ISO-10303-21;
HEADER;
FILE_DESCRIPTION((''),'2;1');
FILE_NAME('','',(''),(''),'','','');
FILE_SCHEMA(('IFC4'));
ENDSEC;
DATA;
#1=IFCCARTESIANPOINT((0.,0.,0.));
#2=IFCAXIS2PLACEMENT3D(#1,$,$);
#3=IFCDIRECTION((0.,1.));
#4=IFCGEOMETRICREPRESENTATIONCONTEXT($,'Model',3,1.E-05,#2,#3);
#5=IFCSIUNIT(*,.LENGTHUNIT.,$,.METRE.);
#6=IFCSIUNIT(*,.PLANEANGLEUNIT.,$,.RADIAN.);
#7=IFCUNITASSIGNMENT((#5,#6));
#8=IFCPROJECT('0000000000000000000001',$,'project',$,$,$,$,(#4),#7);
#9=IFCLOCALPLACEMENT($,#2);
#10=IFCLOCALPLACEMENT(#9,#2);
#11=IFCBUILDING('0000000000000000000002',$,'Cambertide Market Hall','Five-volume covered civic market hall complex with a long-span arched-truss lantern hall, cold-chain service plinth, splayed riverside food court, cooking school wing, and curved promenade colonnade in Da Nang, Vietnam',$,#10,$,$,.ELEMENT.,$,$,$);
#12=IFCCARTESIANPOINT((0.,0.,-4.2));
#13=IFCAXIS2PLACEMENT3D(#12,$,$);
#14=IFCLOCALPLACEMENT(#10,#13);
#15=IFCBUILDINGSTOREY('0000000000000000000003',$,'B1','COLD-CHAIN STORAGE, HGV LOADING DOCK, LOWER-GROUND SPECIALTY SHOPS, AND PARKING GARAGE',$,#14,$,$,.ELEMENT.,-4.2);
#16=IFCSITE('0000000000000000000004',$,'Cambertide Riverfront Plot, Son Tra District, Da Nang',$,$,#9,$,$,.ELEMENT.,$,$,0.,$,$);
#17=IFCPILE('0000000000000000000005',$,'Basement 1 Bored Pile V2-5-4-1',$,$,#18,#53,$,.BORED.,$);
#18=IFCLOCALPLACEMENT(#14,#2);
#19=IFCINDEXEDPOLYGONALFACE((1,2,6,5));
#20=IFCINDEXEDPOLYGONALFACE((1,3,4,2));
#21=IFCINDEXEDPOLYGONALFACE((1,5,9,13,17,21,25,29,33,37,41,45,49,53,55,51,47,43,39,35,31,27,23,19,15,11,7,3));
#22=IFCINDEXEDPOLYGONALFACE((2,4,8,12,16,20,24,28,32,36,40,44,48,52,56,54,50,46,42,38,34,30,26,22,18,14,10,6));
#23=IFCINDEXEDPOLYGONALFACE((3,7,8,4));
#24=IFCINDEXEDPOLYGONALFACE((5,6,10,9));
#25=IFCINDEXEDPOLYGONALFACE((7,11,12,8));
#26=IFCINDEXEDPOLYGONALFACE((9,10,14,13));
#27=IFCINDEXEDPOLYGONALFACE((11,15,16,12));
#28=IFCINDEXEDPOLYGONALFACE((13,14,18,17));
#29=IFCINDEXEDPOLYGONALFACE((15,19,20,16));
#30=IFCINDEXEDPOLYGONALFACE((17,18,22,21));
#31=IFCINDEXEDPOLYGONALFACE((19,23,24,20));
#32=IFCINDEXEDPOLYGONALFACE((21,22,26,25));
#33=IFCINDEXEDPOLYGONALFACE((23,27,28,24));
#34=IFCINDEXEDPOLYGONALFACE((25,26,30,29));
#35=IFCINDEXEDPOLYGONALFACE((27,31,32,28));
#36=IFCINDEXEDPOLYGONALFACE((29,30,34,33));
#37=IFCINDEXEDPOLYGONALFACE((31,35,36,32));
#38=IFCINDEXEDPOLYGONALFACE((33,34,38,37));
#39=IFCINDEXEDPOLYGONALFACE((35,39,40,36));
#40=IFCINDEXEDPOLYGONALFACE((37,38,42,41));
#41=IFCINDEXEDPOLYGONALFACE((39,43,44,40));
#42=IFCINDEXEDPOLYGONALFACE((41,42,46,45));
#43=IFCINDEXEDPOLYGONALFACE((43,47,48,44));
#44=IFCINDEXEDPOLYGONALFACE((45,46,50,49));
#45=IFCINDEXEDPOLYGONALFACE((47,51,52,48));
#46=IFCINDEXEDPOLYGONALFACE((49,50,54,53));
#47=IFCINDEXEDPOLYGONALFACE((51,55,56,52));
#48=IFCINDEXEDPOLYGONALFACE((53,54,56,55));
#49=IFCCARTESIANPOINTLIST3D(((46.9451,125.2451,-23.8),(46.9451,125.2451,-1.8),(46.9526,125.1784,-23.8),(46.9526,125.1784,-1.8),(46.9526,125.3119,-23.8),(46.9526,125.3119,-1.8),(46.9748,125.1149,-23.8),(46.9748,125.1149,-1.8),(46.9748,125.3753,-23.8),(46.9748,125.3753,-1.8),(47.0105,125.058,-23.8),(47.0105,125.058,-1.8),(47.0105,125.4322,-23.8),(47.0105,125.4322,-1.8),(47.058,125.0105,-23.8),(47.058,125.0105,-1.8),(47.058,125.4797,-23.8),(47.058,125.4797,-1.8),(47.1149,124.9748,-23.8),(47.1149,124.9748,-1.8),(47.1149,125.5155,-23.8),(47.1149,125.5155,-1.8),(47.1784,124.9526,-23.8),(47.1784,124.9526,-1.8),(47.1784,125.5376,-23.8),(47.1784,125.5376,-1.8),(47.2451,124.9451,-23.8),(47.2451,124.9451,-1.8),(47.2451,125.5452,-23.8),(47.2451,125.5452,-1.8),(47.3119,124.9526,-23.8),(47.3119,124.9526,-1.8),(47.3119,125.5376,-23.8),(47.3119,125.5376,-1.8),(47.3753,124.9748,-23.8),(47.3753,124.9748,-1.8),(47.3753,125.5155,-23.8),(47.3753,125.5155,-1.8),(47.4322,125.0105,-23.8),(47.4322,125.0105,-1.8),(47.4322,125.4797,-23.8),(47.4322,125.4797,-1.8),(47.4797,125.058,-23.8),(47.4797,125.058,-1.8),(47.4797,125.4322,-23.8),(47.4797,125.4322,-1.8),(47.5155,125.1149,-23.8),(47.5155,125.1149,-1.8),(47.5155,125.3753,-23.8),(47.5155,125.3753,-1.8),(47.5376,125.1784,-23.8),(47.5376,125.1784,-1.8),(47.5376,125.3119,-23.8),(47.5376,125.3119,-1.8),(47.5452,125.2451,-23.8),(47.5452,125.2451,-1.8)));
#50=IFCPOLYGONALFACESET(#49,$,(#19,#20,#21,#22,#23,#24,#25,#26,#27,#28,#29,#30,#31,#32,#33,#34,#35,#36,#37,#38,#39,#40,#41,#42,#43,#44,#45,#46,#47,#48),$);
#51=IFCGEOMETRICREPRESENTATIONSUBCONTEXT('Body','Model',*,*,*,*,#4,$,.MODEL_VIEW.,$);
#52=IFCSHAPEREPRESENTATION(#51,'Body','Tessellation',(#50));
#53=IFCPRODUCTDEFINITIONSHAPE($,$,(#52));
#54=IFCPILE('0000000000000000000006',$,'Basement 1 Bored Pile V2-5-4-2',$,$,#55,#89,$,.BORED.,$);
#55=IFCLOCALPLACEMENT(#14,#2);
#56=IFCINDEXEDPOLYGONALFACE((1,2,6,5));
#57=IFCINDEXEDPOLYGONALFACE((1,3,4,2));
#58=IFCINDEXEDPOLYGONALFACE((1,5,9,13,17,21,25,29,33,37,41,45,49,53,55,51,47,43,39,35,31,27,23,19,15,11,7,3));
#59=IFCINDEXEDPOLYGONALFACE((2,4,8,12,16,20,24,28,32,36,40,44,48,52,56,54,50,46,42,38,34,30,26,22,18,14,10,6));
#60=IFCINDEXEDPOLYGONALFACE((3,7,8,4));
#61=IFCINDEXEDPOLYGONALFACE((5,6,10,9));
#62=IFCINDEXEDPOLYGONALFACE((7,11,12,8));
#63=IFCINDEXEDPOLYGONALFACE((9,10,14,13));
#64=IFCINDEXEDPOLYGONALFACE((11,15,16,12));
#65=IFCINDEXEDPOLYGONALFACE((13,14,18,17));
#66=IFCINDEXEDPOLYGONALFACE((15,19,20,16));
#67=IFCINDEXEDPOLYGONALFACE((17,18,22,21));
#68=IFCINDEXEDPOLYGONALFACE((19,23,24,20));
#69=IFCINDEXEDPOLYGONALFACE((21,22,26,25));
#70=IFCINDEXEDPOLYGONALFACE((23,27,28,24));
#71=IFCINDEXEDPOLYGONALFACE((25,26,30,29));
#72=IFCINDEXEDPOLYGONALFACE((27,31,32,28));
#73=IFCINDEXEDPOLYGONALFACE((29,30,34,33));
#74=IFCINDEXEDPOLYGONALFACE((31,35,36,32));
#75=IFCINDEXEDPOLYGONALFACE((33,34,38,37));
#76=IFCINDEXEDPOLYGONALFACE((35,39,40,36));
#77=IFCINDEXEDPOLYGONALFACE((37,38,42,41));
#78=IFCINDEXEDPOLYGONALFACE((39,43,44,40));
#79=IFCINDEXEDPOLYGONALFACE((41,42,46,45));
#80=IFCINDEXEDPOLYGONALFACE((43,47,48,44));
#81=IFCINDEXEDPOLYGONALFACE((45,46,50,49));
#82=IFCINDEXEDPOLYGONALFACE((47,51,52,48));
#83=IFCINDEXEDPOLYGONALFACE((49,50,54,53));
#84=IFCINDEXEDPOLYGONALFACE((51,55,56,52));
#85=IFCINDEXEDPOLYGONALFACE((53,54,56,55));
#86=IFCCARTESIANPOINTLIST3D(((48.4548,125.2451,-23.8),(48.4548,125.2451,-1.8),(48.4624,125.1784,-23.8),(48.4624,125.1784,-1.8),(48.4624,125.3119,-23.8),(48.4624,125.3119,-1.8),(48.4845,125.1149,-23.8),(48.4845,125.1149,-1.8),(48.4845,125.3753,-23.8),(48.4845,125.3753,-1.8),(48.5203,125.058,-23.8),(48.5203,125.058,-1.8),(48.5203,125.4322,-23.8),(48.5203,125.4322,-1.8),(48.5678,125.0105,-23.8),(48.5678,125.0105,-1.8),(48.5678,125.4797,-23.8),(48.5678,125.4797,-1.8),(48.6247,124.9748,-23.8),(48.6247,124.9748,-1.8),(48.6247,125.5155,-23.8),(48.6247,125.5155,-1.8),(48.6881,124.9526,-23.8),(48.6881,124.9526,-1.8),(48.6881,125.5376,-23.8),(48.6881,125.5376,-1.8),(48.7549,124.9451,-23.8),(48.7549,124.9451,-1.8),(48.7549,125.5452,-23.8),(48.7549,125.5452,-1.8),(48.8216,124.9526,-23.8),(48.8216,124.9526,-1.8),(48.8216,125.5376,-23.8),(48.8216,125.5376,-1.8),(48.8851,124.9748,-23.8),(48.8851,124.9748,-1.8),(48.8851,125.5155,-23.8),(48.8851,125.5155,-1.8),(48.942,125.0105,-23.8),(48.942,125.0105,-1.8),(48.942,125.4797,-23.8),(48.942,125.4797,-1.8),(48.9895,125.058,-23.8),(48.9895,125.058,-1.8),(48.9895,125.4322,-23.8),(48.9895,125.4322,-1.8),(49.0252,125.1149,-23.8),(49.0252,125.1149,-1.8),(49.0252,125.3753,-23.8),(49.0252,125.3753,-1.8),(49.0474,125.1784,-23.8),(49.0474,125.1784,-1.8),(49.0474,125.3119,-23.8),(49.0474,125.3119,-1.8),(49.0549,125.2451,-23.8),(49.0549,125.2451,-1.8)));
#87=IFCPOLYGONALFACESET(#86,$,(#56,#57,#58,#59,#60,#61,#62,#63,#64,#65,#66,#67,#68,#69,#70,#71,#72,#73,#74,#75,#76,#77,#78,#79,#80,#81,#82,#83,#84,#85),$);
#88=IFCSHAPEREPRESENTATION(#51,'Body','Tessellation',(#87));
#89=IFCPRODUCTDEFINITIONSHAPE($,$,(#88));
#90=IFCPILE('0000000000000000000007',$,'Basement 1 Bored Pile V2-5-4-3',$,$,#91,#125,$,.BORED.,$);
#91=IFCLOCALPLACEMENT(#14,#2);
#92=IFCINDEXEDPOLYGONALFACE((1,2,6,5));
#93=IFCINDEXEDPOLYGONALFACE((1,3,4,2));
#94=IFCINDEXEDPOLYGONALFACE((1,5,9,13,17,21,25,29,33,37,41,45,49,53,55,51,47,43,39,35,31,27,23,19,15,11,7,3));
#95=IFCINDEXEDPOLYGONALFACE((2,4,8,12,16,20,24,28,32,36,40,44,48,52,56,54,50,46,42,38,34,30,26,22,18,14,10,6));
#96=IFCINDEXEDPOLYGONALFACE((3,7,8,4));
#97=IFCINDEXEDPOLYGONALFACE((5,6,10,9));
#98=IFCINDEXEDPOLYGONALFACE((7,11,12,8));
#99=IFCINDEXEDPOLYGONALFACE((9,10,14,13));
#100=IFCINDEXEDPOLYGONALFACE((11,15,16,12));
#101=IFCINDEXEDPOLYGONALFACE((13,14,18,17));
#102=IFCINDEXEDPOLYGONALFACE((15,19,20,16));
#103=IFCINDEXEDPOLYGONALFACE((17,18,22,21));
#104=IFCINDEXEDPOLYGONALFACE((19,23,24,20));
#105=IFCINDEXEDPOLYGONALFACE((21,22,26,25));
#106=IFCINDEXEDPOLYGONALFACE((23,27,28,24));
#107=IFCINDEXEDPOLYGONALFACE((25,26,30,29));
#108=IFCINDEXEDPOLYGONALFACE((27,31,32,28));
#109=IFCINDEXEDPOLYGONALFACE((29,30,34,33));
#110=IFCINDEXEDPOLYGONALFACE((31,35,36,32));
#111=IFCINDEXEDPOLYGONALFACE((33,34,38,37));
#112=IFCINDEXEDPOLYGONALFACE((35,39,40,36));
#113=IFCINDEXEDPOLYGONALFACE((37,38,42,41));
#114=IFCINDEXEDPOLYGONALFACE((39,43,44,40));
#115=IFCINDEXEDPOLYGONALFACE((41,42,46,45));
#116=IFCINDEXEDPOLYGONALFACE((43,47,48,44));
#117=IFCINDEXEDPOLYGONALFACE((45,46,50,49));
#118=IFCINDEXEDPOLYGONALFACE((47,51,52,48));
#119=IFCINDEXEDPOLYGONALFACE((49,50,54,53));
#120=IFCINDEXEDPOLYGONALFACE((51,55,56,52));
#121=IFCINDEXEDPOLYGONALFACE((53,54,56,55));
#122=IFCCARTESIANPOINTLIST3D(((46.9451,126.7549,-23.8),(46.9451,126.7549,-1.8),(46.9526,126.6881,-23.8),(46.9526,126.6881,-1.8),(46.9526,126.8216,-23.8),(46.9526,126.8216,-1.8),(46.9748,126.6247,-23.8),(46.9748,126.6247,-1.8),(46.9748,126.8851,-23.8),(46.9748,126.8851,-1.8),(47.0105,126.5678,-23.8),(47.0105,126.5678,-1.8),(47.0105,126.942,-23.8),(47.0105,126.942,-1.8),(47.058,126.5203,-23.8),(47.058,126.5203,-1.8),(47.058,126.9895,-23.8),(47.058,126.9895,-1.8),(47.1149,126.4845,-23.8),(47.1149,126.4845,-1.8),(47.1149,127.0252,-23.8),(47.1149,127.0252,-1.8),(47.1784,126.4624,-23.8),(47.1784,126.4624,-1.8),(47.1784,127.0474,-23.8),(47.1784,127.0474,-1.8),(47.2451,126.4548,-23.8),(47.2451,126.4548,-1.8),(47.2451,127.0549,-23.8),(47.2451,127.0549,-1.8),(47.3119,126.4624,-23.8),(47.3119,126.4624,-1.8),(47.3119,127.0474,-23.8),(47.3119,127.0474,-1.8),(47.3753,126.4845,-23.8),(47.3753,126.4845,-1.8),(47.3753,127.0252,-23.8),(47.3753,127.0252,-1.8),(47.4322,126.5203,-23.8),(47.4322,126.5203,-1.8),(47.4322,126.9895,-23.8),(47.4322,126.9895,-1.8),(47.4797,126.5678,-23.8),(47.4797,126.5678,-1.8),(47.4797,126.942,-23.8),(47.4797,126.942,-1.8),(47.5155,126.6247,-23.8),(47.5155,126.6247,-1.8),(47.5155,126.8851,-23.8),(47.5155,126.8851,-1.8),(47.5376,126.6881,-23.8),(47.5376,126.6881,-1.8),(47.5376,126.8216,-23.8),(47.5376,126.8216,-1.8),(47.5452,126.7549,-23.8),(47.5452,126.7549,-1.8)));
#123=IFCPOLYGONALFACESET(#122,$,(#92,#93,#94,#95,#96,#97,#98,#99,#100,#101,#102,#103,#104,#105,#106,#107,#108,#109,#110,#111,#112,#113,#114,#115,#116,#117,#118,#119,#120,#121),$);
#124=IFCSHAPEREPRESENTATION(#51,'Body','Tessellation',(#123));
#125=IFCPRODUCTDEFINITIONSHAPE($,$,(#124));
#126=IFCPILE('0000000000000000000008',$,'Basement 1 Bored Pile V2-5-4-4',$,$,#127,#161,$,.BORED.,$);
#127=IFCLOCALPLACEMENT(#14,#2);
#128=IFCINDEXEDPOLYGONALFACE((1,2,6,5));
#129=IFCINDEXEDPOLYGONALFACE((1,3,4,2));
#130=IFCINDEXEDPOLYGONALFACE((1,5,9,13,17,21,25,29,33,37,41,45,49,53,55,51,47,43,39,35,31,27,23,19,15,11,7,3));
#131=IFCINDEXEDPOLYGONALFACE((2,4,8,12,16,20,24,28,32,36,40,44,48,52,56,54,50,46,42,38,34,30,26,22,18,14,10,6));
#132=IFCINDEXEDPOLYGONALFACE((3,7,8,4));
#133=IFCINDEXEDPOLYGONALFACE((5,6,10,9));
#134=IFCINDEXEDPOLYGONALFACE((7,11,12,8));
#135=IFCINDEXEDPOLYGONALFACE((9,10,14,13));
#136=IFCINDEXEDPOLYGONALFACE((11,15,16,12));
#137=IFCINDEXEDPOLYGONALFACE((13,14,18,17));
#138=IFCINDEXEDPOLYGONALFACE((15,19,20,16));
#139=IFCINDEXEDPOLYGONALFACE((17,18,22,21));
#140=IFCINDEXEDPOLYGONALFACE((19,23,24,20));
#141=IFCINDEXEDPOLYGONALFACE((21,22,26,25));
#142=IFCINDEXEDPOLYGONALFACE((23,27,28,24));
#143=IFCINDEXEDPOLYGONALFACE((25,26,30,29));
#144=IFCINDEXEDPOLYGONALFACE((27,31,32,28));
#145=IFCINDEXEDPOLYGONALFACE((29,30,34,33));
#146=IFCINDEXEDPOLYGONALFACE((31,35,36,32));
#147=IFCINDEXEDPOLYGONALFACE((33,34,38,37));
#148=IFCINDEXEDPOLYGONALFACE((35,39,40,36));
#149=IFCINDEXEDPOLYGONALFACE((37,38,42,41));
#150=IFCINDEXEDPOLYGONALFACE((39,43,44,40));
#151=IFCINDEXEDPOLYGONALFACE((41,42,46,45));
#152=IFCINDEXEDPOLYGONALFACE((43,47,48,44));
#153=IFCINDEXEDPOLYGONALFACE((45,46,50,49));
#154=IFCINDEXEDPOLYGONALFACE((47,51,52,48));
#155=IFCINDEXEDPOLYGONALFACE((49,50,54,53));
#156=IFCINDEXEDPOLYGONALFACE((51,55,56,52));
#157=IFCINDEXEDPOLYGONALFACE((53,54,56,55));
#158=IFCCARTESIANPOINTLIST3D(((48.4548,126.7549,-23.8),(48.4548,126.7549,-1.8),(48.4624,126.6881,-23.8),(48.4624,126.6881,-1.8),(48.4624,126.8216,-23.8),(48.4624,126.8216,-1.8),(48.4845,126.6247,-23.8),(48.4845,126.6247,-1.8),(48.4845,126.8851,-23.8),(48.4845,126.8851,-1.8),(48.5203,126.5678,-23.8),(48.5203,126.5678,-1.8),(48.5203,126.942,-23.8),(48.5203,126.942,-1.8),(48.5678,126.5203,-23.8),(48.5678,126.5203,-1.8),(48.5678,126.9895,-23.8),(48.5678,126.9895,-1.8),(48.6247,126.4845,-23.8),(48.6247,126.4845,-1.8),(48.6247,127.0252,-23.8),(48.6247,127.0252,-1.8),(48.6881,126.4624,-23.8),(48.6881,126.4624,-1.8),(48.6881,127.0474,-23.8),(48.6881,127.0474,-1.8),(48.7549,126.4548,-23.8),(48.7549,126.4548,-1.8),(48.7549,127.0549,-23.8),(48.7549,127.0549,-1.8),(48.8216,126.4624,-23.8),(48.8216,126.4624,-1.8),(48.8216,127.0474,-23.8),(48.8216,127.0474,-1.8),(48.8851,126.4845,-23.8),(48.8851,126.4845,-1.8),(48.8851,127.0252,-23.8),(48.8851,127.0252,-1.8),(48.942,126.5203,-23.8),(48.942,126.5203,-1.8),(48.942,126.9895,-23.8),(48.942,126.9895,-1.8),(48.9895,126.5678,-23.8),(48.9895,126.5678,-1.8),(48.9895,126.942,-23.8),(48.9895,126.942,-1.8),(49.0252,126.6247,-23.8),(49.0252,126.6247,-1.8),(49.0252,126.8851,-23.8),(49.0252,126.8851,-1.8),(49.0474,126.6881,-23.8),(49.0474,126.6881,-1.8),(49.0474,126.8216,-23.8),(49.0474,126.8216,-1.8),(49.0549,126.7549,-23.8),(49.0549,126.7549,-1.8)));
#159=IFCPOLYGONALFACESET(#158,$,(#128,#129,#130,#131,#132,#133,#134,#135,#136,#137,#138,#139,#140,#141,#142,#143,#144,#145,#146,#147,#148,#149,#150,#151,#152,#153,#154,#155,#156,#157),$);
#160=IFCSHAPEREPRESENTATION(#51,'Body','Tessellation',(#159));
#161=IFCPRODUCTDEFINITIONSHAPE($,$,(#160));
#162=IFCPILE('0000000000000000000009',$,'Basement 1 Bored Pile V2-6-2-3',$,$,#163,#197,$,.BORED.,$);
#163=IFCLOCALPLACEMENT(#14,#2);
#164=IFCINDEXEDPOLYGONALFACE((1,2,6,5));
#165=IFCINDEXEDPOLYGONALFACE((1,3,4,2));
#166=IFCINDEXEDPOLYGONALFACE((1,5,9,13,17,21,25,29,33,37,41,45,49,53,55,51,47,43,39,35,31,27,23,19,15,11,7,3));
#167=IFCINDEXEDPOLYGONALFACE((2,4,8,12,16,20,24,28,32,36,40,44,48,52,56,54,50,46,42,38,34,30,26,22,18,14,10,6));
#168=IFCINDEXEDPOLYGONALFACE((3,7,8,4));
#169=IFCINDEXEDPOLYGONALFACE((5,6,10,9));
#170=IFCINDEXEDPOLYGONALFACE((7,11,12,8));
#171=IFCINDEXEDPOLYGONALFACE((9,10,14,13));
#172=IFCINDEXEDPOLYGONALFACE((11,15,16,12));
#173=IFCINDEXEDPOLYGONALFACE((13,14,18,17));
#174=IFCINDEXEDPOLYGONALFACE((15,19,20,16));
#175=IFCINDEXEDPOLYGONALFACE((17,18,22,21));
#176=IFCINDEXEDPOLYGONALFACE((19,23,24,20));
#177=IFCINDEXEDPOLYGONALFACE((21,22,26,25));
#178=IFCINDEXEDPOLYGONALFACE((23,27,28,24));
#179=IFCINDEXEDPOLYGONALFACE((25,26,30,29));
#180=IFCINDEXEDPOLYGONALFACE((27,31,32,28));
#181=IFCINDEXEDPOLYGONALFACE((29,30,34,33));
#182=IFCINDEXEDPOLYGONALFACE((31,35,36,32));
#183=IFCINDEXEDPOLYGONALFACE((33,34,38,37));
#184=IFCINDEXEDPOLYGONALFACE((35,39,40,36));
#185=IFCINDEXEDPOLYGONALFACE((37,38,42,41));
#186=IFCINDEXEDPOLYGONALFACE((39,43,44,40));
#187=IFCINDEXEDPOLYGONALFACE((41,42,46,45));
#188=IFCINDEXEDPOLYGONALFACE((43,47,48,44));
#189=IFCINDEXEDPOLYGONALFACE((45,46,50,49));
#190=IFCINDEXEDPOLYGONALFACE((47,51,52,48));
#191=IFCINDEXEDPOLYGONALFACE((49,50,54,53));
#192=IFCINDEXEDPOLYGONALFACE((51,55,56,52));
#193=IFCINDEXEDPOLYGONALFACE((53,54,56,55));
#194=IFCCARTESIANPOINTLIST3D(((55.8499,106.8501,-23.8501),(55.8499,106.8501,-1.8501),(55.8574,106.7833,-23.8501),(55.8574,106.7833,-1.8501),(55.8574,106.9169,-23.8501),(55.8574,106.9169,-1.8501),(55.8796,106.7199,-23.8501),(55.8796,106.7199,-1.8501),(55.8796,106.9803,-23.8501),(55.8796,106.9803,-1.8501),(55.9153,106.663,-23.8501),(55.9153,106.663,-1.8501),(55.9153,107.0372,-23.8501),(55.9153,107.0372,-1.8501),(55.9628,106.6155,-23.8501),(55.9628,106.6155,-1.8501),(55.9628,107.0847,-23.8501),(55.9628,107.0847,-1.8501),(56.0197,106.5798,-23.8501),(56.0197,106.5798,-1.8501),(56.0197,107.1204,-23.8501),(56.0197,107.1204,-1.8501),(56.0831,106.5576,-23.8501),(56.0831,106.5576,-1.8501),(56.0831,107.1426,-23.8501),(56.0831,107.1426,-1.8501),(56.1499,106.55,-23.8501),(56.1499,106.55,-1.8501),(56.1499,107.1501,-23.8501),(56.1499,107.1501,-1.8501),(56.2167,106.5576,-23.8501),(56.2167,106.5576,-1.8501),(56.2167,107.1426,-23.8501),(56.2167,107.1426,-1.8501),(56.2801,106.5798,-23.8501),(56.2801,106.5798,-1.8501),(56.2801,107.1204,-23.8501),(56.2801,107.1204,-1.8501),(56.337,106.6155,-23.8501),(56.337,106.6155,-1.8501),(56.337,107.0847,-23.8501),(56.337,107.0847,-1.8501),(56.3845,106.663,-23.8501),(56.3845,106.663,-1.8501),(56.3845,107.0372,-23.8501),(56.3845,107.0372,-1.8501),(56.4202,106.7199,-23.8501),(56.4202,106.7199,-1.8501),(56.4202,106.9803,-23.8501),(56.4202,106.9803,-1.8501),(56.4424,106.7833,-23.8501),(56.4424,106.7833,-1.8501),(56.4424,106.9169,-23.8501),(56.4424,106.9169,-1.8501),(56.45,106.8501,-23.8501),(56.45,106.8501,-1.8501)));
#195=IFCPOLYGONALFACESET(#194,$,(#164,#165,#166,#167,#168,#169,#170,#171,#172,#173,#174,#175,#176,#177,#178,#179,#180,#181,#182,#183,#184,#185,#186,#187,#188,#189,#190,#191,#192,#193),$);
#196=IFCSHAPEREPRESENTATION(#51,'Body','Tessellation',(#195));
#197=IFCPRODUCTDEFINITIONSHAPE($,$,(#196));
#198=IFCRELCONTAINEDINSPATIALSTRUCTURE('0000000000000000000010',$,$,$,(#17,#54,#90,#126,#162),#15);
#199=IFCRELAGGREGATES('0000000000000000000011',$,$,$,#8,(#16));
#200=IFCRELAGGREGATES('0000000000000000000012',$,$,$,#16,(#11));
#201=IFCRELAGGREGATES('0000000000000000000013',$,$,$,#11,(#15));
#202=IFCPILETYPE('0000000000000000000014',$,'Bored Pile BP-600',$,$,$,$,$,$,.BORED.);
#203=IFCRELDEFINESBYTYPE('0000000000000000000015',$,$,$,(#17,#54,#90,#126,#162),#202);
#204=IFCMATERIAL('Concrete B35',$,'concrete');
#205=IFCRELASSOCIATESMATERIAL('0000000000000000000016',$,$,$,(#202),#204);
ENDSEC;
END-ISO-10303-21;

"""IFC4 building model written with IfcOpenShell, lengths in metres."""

from ifc_helpers import new_model, si_unit, direction, frame, origin, origin_2d, place, context, subcontext, project, spatial, circle, extrude, material, material_profile, profile_set, type_object, element, save


model = new_model("IFC4")

# Units and contexts
model_context = context("Model", 3, precision=1e-05, world=origin(), true_north=direction((0.0, 1.0)))
body_context = subcontext(model_context, "Body", "Model", "MODEL_VIEW")
ifc_project = project(units=[si_unit("LENGTHUNIT", "METRE"), si_unit("PLANEANGLEUNIT", "RADIAN")], contexts=[model_context])

# Site, building, storey
site_placement = place(None, origin())
site = spatial("IfcSite", under=ifc_project, at=site_placement, Name="Cambertide Riverfront Plot, Son Tra District, Da Nang", CompositionType="ELEMENT", RefElevation=0.0)
building_placement = place(site_placement, origin())
building = spatial("IfcBuilding", under=site, at=building_placement, Name="Cambertide Market Hall", Description="Five-volume covered civic market hall complex with a long-span arched-truss lantern hall, cold-chain service plinth, splayed riverside food court, cooking school wing, and curved promenade colonnade in Da Nang, Vietnam", CompositionType="ELEMENT")
storey_placement = place(building_placement, frame((0.0, 0.0, -4.2)))
storey = spatial("IfcBuildingStorey", under=building, at=storey_placement, Name="B1", Description="COLD-CHAIN STORAGE, HGV LOADING DOCK, LOWER-GROUND SPECIALTY SHOPS, AND PARKING GARAGE", CompositionType="ELEMENT", Elevation=-4.2)

# Piles
ifc_material_1 = material(Name="Concrete B35", Category="concrete")
ifc_material_profile_1 = material_profile(ifc_material_1, circle(Radius=0.3, at=origin_2d()), Name="BP D600")
ifc_profile_set_1 = profile_set([ifc_material_profile_1], Name="Concrete B35")
pile_type = type_object("IfcPileType", Name="Bored Pile BP-600", PredefinedType="BORED", material=ifc_profile_set_1)
for number, where, z_axis, x_axis, name in (
    (1, (47.2451, 125.2451, -1.8), (0.0, 0.0, -1.0), (1.0, 0.0, 0.0), "Basement 1 Bored Pile V2-5-4-1"),
    (2, (48.7549, 125.2451, -1.8), (0.0, 0.0, -1.0), (1.0, 0.0, 0.0), "Basement 1 Bored Pile V2-5-4-2"),
    (3, (47.2451, 126.7549, -1.8), (0.0, 0.0, -1.0), (1.0, 0.0, 0.0), "Basement 1 Bored Pile V2-5-4-3"),
    (4, (48.7549, 126.7549, -1.8), (0.0, 0.0, -1.0), (1.0, 0.0, 0.0), "Basement 1 Bored Pile V2-5-4-4"),
    (5, (56.1499, 106.8501, -1.8501), (0.0, 0.0, -1.0), (1.0, 0.0, 0.0), "Basement 1 Bored Pile V2-6-2-3"),
):
    element("IfcPile", number, at=place(storey_placement, frame(where, z_axis=z_axis, x_axis=x_axis)), inside=storey, type_object=pile_type, Name=name, PredefinedType="BORED", context=body_context, shape_type="SweptSolid", body=[
        extrude(circle(Radius=0.3, at=origin_2d()), origin(), (0.0, 0.0, 1.0), 22.0),
    ])

save(model, "model.ifc")
